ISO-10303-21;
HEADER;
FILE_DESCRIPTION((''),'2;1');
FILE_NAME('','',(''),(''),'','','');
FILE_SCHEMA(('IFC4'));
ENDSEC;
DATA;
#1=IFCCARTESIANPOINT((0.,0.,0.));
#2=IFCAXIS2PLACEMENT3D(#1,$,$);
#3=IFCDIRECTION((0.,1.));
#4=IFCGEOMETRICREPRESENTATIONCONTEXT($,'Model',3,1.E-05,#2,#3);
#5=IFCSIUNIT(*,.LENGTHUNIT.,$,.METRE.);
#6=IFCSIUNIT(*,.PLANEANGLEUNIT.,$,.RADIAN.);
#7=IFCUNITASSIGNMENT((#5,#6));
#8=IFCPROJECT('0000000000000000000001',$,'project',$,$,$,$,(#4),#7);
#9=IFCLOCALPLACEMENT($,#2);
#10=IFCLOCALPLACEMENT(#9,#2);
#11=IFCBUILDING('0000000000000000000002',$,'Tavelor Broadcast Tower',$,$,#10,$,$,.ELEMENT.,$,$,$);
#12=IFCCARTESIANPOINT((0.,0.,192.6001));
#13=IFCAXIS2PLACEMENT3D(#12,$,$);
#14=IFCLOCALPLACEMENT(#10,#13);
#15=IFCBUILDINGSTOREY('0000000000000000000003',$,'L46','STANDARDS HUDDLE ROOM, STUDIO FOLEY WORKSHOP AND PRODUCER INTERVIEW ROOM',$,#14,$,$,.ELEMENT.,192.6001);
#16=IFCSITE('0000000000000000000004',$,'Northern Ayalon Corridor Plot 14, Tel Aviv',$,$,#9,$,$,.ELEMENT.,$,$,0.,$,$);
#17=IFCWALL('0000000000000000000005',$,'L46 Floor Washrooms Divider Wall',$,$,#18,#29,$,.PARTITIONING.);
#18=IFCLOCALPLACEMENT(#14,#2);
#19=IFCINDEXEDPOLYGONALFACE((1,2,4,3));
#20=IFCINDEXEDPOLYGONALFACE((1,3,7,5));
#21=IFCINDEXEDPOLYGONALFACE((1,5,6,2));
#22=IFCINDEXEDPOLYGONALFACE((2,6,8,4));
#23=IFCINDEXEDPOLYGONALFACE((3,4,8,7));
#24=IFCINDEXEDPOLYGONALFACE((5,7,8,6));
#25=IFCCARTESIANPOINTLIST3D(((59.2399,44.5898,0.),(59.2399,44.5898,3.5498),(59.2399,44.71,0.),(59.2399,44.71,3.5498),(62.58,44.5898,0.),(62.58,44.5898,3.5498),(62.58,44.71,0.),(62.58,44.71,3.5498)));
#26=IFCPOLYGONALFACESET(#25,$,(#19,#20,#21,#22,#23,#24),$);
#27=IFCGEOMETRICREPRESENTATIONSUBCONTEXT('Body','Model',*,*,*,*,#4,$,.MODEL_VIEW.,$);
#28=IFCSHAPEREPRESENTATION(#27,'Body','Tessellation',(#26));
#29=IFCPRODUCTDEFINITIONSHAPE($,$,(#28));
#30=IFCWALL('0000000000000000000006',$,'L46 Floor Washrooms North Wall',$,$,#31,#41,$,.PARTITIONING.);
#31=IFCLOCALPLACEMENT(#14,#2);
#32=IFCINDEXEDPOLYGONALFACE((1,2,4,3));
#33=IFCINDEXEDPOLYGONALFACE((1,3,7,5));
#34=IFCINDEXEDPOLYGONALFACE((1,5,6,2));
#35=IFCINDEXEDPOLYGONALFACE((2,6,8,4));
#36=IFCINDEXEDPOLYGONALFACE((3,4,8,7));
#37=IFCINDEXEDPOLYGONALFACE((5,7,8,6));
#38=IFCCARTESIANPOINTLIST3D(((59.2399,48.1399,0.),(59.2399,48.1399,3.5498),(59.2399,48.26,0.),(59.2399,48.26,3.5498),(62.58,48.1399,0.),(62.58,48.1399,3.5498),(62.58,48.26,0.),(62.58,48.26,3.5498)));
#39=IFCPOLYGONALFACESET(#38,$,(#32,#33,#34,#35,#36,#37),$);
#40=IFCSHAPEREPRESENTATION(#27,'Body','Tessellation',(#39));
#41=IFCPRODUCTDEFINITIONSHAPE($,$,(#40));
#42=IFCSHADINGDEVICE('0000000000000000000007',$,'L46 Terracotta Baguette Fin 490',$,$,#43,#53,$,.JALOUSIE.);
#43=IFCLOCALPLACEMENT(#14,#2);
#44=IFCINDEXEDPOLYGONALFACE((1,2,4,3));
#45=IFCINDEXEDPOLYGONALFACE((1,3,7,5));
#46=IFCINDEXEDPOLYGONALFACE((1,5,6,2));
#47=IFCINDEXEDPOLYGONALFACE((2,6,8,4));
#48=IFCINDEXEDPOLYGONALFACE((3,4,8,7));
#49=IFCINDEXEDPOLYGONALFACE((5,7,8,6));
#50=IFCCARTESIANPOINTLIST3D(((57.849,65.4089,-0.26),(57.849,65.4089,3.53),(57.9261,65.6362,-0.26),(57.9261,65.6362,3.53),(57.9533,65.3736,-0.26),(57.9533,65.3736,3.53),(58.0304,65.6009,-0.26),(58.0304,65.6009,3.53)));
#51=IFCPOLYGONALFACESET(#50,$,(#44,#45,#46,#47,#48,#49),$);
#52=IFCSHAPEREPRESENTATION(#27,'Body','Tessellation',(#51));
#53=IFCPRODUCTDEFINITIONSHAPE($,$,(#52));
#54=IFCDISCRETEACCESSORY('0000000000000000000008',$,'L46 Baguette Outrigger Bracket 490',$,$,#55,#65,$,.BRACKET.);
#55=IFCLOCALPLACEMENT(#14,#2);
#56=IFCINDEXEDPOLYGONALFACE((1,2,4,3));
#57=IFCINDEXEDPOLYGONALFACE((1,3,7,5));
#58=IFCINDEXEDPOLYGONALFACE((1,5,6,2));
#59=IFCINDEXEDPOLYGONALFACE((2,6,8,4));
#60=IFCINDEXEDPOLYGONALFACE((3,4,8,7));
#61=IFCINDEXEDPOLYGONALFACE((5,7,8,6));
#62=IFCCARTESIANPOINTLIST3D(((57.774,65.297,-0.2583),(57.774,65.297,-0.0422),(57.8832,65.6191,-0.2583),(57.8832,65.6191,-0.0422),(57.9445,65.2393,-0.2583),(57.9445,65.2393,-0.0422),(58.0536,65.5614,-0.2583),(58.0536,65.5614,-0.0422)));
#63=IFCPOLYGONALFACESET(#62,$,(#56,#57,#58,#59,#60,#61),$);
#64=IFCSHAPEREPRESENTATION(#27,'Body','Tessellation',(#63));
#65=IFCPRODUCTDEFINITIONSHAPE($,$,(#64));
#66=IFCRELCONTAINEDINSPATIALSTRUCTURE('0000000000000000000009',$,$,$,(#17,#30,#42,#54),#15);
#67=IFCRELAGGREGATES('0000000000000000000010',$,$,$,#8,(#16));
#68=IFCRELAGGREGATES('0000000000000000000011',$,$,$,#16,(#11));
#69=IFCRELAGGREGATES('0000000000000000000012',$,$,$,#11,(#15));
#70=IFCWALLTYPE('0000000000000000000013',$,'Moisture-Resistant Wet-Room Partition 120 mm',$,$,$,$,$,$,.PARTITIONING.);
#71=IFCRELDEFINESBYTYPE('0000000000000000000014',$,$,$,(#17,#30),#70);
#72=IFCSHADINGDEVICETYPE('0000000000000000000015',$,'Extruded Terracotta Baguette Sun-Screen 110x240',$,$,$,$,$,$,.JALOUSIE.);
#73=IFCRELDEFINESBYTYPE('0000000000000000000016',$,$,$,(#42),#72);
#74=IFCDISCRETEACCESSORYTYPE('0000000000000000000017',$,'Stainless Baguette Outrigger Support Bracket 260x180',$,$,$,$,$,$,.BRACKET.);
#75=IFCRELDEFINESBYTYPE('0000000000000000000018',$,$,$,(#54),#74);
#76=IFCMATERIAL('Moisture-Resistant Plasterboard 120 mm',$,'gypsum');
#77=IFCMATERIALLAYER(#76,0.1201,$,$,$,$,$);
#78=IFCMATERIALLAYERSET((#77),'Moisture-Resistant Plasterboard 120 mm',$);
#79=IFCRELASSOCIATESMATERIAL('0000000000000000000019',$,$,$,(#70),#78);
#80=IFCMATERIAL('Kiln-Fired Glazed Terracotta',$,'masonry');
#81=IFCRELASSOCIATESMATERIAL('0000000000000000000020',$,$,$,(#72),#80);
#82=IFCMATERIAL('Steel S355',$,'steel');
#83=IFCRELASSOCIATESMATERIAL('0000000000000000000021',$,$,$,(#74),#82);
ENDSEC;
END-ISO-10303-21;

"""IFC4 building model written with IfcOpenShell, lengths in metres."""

from ifc_helpers import new_model, si_unit, direction, frame, frame_2d, origin, origin_2d, place, context, subcontext, project, spatial, rectangle, extrude, source, transform, mapped, material, layer, layer_set, type_object, type_shapes, element, save


model = new_model("IFC4")

# Units and contexts
model_context = context("Model", 3, precision=1e-05, world=origin(), true_north=direction((0.0, 1.0)))
body_context = subcontext(model_context, "Body", "Model", "MODEL_VIEW")
ifc_project = project(units=[si_unit("LENGTHUNIT", "METRE"), si_unit("PLANEANGLEUNIT", "RADIAN")], contexts=[model_context])

# Site, building, storey
site_placement = place(None, origin())
site = spatial("IfcSite", under=ifc_project, at=site_placement, Name="Northern Ayalon Corridor Plot 14, Tel Aviv", CompositionType="ELEMENT", RefElevation=0.0)
building_placement = place(site_placement, origin())
building = spatial("IfcBuilding", under=site, at=building_placement, Name="Tavelor Broadcast Tower", CompositionType="ELEMENT")
storey_placement = place(building_placement, frame((0.0, 0.0, 192.6001)))
storey = spatial("IfcBuildingStorey", under=building, at=storey_placement, Name="L46", Description="STANDARDS HUDDLE ROOM, STUDIO FOLEY WORKSHOP AND PRODUCER INTERVIEW ROOM", CompositionType="ELEMENT", Elevation=192.6001)

# Shared definitions
ifc_material_1 = material(Name="Steel S355", Category="steel")

# Walls
ifc_material_2 = material(Name="Moisture-Resistant Plasterboard 120 mm", Category="gypsum")
ifc_layer_1 = layer(ifc_material_2, 0.1201)
ifc_layer_set_1 = layer_set([ifc_layer_1], Name="Moisture-Resistant Plasterboard 120 mm")
wall_type_1 = type_object("IfcWallType", Name="Moisture-Resistant Wet-Room Partition 120 mm", PredefinedType="PARTITIONING", material=ifc_layer_set_1)
for number, where, z_axis, x_axis, name in (
    (1, (59.24, 44.6499, 0.0), (0.0, 0.0, 1.0), (1.0, 0.0, 0.0), "L46 Floor Washrooms Divider Wall"),
    (2, (59.24, 48.2, 0.0), (0.0, 0.0, 1.0), (1.0, 0.0, 0.0), "L46 Floor Washrooms North Wall"),
):
    element("IfcWall", number, at=place(storey_placement, frame(where, z_axis=z_axis, x_axis=x_axis)), inside=storey, type_object=wall_type_1, Name=name, PredefinedType="PARTITIONING", context=body_context, shape_type="SweptSolid", body=[
        extrude(rectangle(XDim=3.3401, YDim=0.1201, at=frame_2d((1.6699, 0.0))), origin(), (0.0, 0.0, 1.0), 3.5498),
    ])

# Shading device
ifc_material_3 = material(Name="Kiln-Fired Glazed Terracotta", Category="masonry")
shading_device_type = type_object("IfcShadingDeviceType", Name="Extruded Terracotta Baguette Sun-Screen 110x240", PredefinedType="JALOUSIE", material=ifc_material_3)
shared_shape_1 = source(origin(), body_context, "Body", "SweptSolid", [
    extrude(rectangle(XDim=0.1101, YDim=0.24, at=origin_2d()), origin(), (0.0, 0.0, 1.0), 3.79),
])
type_shapes(shading_device_type, [shared_shape_1])
shading_device_placement = place(storey_placement, frame((57.9397, 65.5049, -0.26), z_axis=(0.0, 0.0, 1.0), x_axis=(-0.947098, 0.320944, 0.0)))
element("IfcShadingDevice", 3, at=shading_device_placement, inside=storey, type_object=shading_device_type, Name="L46 Terracotta Baguette Fin 490", PredefinedType="JALOUSIE", context=body_context, shape_type="MappedRepresentation", body=[
    mapped(shared_shape_1, transform((0.0, 0.0, 0.0), scale=1.0)),
])

# Discrete accessory
discrete_accessory_type = type_object("IfcDiscreteAccessoryType", Name="Stainless Baguette Outrigger Support Bracket 260x180", PredefinedType="BRACKET", material=ifc_material_1)
shared_shape_2 = source(origin(), body_context, "Body", "SweptSolid", [
    extrude(rectangle(XDim=0.1799, YDim=0.3401, at=origin_2d()), origin(), (0.0, 0.0, 1.0), 0.2161),
])
type_shapes(discrete_accessory_type, [shared_shape_2])
discrete_accessory_placement = place(storey_placement, frame((57.9138, 65.4292, -0.2583), z_axis=(0.0, 0.0, 1.0), x_axis=(-0.947098, 0.320944, 0.0)))
element("IfcDiscreteAccessory", 4, at=discrete_accessory_placement, inside=storey, type_object=discrete_accessory_type, Name="L46 Baguette Outrigger Bracket 490", PredefinedType="BRACKET", context=body_context, shape_type="MappedRepresentation", body=[
    mapped(shared_shape_2, transform((0.0, 0.0, 0.0), scale=1.0)),
])

save(model, "model.ifc")
